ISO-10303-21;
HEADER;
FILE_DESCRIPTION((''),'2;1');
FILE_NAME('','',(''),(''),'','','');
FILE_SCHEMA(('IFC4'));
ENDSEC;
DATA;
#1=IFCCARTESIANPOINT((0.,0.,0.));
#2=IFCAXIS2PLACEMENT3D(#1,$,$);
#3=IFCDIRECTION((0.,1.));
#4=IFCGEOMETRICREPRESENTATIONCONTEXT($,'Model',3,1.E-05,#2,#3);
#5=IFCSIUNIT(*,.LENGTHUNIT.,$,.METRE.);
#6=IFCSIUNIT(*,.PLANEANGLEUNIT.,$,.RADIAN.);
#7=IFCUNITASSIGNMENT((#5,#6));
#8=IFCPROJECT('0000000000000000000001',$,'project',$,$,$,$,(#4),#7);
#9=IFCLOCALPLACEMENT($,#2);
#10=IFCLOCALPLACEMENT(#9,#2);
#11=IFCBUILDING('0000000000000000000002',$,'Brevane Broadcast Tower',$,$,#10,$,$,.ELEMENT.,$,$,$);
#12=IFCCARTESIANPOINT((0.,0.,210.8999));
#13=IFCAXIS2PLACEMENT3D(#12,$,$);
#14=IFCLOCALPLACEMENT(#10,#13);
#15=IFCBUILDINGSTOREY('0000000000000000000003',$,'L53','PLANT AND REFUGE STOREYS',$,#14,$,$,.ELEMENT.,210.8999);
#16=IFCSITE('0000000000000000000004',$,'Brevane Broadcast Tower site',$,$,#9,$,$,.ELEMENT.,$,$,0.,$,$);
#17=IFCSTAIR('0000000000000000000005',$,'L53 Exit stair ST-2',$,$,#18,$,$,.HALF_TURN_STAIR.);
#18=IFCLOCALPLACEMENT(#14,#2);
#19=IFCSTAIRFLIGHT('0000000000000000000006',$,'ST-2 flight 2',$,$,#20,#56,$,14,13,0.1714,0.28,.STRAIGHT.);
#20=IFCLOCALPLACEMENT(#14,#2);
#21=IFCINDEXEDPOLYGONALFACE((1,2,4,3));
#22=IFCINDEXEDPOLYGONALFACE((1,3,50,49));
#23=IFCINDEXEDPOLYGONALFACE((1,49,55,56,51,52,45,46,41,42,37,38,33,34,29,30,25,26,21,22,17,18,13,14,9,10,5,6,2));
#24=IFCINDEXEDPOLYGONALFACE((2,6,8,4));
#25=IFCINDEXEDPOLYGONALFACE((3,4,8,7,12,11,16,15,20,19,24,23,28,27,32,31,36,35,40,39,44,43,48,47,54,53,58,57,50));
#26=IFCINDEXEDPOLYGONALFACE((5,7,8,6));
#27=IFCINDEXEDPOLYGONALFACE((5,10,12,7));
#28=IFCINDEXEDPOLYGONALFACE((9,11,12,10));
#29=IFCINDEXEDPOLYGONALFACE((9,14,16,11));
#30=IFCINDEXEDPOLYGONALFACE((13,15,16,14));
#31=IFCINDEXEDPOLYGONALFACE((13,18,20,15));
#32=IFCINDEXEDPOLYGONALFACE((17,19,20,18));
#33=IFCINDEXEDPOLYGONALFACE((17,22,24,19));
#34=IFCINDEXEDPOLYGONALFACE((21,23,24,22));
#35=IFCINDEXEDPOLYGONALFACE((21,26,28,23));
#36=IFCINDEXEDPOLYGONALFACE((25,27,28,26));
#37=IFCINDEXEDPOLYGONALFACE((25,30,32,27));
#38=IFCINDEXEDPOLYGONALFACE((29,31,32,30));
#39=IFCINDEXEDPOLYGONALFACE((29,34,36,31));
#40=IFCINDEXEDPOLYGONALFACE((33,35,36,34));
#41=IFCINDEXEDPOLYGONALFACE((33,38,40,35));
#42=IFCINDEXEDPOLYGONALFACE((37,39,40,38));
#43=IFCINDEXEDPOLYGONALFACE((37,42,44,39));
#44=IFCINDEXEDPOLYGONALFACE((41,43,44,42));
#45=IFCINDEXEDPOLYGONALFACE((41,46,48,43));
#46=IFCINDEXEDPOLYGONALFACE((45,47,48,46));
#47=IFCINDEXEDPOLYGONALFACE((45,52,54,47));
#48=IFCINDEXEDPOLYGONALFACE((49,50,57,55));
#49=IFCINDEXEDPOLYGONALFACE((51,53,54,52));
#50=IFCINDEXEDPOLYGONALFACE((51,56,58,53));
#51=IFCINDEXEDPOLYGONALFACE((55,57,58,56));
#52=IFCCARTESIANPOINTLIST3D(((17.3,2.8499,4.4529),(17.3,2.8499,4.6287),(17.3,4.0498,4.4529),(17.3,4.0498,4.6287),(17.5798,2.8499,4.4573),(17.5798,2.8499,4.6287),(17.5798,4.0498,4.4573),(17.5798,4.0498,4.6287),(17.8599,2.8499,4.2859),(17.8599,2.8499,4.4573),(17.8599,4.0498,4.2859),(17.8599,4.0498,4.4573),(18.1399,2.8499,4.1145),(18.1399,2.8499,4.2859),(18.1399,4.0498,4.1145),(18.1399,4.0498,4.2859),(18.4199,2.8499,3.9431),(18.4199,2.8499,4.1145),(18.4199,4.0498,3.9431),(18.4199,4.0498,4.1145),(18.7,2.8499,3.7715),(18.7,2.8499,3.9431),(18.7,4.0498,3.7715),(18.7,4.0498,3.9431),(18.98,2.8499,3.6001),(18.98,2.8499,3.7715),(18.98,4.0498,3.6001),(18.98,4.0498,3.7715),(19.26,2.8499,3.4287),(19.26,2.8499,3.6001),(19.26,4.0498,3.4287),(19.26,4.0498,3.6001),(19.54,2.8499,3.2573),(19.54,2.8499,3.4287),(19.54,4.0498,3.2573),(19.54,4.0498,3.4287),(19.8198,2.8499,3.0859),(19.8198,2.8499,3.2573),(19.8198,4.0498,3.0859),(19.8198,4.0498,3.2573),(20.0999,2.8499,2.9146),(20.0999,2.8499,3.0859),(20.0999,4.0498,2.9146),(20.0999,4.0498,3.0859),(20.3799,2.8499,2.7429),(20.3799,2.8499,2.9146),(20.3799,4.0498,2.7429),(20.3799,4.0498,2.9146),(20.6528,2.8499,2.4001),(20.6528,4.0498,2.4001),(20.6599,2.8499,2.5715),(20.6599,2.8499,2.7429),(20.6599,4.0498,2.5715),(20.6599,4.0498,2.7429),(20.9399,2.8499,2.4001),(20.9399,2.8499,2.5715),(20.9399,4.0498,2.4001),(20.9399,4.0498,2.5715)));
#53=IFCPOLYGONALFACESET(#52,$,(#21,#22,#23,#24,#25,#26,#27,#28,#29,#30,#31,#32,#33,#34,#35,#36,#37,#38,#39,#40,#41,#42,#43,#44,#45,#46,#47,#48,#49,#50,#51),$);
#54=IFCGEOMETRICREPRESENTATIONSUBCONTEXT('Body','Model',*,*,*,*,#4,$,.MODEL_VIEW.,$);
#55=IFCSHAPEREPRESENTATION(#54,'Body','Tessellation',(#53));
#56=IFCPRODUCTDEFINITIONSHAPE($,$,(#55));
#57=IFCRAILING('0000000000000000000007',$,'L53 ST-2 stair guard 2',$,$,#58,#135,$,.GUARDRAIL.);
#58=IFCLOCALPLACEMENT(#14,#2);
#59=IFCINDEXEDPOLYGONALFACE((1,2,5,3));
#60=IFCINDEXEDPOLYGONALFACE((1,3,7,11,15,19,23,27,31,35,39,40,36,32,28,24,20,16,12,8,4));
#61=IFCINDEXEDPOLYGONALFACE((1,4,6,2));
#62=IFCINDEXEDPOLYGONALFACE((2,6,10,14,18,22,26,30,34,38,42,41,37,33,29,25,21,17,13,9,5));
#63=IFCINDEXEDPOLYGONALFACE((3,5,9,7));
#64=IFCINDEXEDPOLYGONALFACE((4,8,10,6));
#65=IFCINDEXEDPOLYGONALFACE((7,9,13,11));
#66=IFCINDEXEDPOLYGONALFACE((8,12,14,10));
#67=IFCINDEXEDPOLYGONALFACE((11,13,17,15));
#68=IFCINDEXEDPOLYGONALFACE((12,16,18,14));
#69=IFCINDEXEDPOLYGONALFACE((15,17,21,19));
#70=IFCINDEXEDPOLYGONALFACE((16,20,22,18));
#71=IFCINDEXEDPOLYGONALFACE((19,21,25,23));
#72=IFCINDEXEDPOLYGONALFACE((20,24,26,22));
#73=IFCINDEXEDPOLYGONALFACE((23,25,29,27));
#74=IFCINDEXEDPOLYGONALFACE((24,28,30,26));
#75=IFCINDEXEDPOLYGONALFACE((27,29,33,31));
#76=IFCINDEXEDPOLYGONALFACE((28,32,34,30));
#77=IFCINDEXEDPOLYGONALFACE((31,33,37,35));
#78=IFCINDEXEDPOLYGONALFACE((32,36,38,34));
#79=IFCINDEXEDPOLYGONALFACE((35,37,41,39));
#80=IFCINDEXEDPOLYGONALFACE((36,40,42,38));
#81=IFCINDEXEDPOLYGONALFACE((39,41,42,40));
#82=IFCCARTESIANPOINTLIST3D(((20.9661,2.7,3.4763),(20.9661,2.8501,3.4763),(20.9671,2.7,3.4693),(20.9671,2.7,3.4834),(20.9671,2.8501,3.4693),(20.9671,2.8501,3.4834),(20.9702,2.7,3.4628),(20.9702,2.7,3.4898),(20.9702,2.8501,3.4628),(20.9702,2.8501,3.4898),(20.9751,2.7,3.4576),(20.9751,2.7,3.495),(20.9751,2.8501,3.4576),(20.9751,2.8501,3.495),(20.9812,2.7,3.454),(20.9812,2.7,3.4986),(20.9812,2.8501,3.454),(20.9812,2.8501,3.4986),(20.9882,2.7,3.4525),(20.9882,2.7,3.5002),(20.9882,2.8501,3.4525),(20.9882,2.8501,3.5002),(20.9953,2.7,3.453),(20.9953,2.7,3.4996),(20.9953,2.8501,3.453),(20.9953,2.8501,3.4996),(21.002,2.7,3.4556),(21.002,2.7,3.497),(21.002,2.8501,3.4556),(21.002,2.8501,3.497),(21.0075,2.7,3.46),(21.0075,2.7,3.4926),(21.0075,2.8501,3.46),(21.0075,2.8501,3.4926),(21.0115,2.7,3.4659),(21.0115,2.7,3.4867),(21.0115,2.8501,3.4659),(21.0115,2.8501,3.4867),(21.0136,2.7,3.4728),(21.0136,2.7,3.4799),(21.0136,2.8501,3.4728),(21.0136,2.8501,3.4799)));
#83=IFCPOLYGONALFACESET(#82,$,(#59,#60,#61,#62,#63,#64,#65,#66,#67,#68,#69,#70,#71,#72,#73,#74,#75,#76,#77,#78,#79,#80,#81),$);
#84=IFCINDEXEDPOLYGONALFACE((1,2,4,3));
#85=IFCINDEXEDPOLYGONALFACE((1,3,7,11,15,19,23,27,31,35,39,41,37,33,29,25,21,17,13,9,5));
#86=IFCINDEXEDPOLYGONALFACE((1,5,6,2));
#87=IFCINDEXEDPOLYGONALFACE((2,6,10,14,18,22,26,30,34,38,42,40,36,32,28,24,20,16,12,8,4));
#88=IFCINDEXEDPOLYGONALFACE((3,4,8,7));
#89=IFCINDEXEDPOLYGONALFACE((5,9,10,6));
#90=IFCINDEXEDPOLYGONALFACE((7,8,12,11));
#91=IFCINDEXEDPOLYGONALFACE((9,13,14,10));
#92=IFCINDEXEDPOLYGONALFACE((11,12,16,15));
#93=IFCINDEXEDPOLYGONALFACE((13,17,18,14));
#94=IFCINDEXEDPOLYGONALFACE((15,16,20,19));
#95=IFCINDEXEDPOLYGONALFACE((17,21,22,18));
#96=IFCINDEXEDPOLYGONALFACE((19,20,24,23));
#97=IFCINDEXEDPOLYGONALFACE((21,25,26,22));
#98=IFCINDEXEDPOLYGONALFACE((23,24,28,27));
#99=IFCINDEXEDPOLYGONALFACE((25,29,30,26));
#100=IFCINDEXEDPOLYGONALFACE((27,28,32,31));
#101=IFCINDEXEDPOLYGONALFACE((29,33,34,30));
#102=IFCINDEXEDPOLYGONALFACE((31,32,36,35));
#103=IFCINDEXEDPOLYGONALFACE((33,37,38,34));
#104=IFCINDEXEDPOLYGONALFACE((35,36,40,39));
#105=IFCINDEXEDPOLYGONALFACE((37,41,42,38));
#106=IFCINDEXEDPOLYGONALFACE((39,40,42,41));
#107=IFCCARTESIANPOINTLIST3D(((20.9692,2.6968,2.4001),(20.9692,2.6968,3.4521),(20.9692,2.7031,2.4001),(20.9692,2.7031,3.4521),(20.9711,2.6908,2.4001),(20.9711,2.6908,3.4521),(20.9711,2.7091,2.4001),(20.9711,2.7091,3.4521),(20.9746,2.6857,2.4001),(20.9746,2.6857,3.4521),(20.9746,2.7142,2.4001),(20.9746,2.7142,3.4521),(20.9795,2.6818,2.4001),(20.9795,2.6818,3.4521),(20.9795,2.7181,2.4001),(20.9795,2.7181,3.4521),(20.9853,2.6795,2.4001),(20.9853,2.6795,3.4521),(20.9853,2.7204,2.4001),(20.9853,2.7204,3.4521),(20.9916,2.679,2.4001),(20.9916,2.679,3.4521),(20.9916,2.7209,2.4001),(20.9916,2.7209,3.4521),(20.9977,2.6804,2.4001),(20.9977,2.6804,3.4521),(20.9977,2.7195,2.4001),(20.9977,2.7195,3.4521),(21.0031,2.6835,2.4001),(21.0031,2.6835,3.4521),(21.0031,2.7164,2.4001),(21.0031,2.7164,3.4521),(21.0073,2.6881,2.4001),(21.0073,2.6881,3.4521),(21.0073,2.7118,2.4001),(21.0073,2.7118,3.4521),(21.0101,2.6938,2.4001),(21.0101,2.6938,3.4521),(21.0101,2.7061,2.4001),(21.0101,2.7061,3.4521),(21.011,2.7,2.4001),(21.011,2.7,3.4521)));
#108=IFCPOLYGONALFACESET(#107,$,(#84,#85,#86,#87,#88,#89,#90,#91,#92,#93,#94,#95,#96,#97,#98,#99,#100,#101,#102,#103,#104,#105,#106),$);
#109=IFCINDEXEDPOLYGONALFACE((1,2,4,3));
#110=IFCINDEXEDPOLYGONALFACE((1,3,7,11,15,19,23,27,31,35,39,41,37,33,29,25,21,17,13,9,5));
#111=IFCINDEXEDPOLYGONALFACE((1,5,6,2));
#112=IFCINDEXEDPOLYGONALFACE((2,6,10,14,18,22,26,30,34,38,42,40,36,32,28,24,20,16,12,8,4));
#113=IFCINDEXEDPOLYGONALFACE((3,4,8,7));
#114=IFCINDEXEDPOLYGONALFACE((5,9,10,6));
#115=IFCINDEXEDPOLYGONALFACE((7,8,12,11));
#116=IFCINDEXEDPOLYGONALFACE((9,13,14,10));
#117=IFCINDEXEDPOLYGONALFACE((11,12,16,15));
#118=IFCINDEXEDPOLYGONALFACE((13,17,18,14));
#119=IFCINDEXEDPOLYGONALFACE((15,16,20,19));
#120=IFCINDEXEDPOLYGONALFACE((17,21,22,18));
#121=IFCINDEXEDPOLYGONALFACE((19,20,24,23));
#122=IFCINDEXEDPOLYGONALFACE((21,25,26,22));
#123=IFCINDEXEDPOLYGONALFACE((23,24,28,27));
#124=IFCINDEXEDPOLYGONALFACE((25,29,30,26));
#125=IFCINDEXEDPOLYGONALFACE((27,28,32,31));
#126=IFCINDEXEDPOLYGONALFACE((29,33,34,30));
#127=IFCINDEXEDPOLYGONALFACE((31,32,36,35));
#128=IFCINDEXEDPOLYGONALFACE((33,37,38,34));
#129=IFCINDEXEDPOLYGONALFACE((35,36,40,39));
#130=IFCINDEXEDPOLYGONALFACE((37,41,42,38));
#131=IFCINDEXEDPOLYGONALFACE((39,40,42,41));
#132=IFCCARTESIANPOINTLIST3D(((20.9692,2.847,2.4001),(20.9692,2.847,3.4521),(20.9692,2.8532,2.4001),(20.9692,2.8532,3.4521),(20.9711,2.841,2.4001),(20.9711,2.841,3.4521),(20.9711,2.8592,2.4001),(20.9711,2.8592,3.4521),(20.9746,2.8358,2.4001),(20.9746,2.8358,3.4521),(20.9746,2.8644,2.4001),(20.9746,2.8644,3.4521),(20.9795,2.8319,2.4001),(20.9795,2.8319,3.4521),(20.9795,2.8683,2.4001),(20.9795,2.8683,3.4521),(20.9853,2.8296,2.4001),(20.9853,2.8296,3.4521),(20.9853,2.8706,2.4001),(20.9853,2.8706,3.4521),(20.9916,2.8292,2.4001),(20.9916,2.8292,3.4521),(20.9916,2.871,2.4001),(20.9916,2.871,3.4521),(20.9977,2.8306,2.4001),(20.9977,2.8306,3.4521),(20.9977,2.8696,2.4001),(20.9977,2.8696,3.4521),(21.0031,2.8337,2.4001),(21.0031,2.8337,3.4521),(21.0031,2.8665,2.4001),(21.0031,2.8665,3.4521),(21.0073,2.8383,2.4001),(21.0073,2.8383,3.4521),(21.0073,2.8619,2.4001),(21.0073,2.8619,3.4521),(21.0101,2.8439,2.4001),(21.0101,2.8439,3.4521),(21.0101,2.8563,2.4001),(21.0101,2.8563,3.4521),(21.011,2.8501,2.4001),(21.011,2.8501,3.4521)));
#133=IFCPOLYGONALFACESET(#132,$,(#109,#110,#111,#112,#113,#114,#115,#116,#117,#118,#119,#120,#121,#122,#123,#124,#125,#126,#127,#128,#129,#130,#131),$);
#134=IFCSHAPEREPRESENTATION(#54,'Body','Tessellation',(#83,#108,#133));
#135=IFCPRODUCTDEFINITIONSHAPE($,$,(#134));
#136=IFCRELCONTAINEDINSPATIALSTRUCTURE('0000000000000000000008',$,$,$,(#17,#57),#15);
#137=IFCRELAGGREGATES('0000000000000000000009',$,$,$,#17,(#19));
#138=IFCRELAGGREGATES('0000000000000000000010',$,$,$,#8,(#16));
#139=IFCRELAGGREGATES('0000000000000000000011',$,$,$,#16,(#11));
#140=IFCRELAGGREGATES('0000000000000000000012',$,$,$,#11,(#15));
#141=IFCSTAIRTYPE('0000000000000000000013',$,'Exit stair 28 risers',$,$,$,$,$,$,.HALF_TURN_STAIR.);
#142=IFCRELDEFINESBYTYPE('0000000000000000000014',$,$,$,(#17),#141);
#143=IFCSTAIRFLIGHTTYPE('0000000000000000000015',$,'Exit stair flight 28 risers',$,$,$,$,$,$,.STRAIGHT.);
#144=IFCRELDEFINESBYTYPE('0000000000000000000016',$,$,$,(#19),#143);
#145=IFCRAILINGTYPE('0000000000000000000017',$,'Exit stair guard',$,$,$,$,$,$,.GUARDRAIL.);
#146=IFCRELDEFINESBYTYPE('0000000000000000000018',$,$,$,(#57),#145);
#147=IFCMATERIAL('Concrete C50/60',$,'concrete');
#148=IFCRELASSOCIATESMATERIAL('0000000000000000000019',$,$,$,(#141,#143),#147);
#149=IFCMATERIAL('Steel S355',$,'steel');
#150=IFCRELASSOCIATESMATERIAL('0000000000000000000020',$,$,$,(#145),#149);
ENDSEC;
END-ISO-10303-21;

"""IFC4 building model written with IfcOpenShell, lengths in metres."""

from ifc_helpers import new_model, si_unit, direction, frame, origin, origin_2d, place, context, subcontext, project, spatial, polyline, circle, outline, extrude, material, type_object, element, aggregate, save


model = new_model("IFC4")

# Units and contexts
model_context = context("Model", 3, precision=1e-05, world=origin(), true_north=direction((0.0, 1.0)))
body_context = subcontext(model_context, "Body", "Model", "MODEL_VIEW")
ifc_project = project(units=[si_unit("LENGTHUNIT", "METRE"), si_unit("PLANEANGLEUNIT", "RADIAN")], contexts=[model_context])

# Site, building, storey
site_placement = place(None, origin())
site = spatial("IfcSite", under=ifc_project, at=site_placement, Name="Brevane Broadcast Tower site", CompositionType="ELEMENT", RefElevation=0.0)
building_placement = place(site_placement, origin())
building = spatial("IfcBuilding", under=site, at=building_placement, Name="Brevane Broadcast Tower", CompositionType="ELEMENT")
storey_placement = place(building_placement, frame((0.0, 0.0, 210.8999)))
storey = spatial("IfcBuildingStorey", under=building, at=storey_placement, Name="L53", Description="PLANT AND REFUGE STOREYS", CompositionType="ELEMENT", Elevation=210.8999)

# Shared definitions
ifc_material_1 = material(Name="Concrete C50/60", Category="concrete")

# Stair, stair flight
stair_type = type_object("IfcStairType", Name="Exit stair 28 risers", PredefinedType="HALF_TURN_STAIR", material=ifc_material_1)
stair_placement = place(storey_placement, origin())
stair = element("IfcStair", 1, at=stair_placement, inside=storey, type_object=stair_type, Name="L53 Exit stair ST-2", PredefinedType="HALF_TURN_STAIR")
stair_flight_type = type_object("IfcStairFlightType", Name="Exit stair flight 28 risers", PredefinedType="STRAIGHT", material=ifc_material_1)
stair_flight_placement = place(storey_placement, frame((20.9399, 3.45, 2.4001), z_axis=(0.0, 0.0, 1.0), x_axis=(-1.0, 0.0, 0.0)))
stair_flight = element("IfcStairFlight", 2, at=stair_flight_placement, type_object=stair_flight_type, Name="ST-2 flight 2", NumberOfRisers=14, NumberOfTreads=13, PredefinedType="STRAIGHT", RiserHeight=0.1714, TreadLength=0.28, context=body_context, shape_type="SweptSolid", body=[
    extrude(outline(polyline([(0.0, 0.0), (0.0, 0.1714), (0.28, 0.1714), (0.28, 0.3428), (0.5601, 0.3428), (0.5601, 0.5144), (0.8401, 0.5144), (0.8401, 0.6858), (1.1201, 0.6858), (1.1201, 0.8572), (1.3999, 0.8572), (1.3999, 1.0286), (1.6799, 1.0286), (1.6799, 1.2), (1.96, 1.2), (1.96, 1.3713), (2.24, 1.3713), (2.24, 1.543), (2.52, 1.543), (2.52, 1.7144), (2.8, 1.7144), (2.8, 1.8857), (3.0801, 1.8857), (3.0801, 2.0571), (3.3601, 2.0571), (3.3601, 2.2285), (3.6399, 2.2285), (3.6399, 2.3999), (3.6399, 2.0527), (0.2871, 0.0), (0.0, 0.0)])), frame((0.0, 0.6001, 0.0), z_axis=(0.0, -1.0, 0.0), x_axis=(1.0, 0.0, 0.0)), (0.0, 0.0, 1.0), 1.2),
])
aggregate(stair, [stair_flight])

# Railing
ifc_material_2 = material(Name="Steel S355", Category="steel")
railing_type_1 = type_object("IfcRailingType", Name="Exit stair guard", PredefinedType="GUARDRAIL", material=ifc_material_2)
railing_1_placement = place(storey_placement, frame((20.99, 2.7, 2.4001)))
element("IfcRailing", 3, at=railing_1_placement, inside=storey, type_object=railing_type_1, Name="L53 ST-2 stair guard 2", PredefinedType="GUARDRAIL", context=body_context, shape_type="SweptSolid", body=[
    extrude(circle(Radius=0.0239, at=origin_2d()), frame((0.0, 0.0, 1.0762), z_axis=(0.0, 1.0, 0.0), x_axis=(-1.0, 0.0, 0.0)), (0.0, 0.0, 1.0), 0.1501),
    extrude(circle(Radius=0.021, at=origin_2d()), origin(), (0.0, 0.0, 1.0), 1.052),
    extrude(circle(Radius=0.021, at=origin_2d()), frame((0.0, 0.1501, 0.0)), (0.0, 0.0, 1.0), 1.052),
])

save(model, "model.ifc")
